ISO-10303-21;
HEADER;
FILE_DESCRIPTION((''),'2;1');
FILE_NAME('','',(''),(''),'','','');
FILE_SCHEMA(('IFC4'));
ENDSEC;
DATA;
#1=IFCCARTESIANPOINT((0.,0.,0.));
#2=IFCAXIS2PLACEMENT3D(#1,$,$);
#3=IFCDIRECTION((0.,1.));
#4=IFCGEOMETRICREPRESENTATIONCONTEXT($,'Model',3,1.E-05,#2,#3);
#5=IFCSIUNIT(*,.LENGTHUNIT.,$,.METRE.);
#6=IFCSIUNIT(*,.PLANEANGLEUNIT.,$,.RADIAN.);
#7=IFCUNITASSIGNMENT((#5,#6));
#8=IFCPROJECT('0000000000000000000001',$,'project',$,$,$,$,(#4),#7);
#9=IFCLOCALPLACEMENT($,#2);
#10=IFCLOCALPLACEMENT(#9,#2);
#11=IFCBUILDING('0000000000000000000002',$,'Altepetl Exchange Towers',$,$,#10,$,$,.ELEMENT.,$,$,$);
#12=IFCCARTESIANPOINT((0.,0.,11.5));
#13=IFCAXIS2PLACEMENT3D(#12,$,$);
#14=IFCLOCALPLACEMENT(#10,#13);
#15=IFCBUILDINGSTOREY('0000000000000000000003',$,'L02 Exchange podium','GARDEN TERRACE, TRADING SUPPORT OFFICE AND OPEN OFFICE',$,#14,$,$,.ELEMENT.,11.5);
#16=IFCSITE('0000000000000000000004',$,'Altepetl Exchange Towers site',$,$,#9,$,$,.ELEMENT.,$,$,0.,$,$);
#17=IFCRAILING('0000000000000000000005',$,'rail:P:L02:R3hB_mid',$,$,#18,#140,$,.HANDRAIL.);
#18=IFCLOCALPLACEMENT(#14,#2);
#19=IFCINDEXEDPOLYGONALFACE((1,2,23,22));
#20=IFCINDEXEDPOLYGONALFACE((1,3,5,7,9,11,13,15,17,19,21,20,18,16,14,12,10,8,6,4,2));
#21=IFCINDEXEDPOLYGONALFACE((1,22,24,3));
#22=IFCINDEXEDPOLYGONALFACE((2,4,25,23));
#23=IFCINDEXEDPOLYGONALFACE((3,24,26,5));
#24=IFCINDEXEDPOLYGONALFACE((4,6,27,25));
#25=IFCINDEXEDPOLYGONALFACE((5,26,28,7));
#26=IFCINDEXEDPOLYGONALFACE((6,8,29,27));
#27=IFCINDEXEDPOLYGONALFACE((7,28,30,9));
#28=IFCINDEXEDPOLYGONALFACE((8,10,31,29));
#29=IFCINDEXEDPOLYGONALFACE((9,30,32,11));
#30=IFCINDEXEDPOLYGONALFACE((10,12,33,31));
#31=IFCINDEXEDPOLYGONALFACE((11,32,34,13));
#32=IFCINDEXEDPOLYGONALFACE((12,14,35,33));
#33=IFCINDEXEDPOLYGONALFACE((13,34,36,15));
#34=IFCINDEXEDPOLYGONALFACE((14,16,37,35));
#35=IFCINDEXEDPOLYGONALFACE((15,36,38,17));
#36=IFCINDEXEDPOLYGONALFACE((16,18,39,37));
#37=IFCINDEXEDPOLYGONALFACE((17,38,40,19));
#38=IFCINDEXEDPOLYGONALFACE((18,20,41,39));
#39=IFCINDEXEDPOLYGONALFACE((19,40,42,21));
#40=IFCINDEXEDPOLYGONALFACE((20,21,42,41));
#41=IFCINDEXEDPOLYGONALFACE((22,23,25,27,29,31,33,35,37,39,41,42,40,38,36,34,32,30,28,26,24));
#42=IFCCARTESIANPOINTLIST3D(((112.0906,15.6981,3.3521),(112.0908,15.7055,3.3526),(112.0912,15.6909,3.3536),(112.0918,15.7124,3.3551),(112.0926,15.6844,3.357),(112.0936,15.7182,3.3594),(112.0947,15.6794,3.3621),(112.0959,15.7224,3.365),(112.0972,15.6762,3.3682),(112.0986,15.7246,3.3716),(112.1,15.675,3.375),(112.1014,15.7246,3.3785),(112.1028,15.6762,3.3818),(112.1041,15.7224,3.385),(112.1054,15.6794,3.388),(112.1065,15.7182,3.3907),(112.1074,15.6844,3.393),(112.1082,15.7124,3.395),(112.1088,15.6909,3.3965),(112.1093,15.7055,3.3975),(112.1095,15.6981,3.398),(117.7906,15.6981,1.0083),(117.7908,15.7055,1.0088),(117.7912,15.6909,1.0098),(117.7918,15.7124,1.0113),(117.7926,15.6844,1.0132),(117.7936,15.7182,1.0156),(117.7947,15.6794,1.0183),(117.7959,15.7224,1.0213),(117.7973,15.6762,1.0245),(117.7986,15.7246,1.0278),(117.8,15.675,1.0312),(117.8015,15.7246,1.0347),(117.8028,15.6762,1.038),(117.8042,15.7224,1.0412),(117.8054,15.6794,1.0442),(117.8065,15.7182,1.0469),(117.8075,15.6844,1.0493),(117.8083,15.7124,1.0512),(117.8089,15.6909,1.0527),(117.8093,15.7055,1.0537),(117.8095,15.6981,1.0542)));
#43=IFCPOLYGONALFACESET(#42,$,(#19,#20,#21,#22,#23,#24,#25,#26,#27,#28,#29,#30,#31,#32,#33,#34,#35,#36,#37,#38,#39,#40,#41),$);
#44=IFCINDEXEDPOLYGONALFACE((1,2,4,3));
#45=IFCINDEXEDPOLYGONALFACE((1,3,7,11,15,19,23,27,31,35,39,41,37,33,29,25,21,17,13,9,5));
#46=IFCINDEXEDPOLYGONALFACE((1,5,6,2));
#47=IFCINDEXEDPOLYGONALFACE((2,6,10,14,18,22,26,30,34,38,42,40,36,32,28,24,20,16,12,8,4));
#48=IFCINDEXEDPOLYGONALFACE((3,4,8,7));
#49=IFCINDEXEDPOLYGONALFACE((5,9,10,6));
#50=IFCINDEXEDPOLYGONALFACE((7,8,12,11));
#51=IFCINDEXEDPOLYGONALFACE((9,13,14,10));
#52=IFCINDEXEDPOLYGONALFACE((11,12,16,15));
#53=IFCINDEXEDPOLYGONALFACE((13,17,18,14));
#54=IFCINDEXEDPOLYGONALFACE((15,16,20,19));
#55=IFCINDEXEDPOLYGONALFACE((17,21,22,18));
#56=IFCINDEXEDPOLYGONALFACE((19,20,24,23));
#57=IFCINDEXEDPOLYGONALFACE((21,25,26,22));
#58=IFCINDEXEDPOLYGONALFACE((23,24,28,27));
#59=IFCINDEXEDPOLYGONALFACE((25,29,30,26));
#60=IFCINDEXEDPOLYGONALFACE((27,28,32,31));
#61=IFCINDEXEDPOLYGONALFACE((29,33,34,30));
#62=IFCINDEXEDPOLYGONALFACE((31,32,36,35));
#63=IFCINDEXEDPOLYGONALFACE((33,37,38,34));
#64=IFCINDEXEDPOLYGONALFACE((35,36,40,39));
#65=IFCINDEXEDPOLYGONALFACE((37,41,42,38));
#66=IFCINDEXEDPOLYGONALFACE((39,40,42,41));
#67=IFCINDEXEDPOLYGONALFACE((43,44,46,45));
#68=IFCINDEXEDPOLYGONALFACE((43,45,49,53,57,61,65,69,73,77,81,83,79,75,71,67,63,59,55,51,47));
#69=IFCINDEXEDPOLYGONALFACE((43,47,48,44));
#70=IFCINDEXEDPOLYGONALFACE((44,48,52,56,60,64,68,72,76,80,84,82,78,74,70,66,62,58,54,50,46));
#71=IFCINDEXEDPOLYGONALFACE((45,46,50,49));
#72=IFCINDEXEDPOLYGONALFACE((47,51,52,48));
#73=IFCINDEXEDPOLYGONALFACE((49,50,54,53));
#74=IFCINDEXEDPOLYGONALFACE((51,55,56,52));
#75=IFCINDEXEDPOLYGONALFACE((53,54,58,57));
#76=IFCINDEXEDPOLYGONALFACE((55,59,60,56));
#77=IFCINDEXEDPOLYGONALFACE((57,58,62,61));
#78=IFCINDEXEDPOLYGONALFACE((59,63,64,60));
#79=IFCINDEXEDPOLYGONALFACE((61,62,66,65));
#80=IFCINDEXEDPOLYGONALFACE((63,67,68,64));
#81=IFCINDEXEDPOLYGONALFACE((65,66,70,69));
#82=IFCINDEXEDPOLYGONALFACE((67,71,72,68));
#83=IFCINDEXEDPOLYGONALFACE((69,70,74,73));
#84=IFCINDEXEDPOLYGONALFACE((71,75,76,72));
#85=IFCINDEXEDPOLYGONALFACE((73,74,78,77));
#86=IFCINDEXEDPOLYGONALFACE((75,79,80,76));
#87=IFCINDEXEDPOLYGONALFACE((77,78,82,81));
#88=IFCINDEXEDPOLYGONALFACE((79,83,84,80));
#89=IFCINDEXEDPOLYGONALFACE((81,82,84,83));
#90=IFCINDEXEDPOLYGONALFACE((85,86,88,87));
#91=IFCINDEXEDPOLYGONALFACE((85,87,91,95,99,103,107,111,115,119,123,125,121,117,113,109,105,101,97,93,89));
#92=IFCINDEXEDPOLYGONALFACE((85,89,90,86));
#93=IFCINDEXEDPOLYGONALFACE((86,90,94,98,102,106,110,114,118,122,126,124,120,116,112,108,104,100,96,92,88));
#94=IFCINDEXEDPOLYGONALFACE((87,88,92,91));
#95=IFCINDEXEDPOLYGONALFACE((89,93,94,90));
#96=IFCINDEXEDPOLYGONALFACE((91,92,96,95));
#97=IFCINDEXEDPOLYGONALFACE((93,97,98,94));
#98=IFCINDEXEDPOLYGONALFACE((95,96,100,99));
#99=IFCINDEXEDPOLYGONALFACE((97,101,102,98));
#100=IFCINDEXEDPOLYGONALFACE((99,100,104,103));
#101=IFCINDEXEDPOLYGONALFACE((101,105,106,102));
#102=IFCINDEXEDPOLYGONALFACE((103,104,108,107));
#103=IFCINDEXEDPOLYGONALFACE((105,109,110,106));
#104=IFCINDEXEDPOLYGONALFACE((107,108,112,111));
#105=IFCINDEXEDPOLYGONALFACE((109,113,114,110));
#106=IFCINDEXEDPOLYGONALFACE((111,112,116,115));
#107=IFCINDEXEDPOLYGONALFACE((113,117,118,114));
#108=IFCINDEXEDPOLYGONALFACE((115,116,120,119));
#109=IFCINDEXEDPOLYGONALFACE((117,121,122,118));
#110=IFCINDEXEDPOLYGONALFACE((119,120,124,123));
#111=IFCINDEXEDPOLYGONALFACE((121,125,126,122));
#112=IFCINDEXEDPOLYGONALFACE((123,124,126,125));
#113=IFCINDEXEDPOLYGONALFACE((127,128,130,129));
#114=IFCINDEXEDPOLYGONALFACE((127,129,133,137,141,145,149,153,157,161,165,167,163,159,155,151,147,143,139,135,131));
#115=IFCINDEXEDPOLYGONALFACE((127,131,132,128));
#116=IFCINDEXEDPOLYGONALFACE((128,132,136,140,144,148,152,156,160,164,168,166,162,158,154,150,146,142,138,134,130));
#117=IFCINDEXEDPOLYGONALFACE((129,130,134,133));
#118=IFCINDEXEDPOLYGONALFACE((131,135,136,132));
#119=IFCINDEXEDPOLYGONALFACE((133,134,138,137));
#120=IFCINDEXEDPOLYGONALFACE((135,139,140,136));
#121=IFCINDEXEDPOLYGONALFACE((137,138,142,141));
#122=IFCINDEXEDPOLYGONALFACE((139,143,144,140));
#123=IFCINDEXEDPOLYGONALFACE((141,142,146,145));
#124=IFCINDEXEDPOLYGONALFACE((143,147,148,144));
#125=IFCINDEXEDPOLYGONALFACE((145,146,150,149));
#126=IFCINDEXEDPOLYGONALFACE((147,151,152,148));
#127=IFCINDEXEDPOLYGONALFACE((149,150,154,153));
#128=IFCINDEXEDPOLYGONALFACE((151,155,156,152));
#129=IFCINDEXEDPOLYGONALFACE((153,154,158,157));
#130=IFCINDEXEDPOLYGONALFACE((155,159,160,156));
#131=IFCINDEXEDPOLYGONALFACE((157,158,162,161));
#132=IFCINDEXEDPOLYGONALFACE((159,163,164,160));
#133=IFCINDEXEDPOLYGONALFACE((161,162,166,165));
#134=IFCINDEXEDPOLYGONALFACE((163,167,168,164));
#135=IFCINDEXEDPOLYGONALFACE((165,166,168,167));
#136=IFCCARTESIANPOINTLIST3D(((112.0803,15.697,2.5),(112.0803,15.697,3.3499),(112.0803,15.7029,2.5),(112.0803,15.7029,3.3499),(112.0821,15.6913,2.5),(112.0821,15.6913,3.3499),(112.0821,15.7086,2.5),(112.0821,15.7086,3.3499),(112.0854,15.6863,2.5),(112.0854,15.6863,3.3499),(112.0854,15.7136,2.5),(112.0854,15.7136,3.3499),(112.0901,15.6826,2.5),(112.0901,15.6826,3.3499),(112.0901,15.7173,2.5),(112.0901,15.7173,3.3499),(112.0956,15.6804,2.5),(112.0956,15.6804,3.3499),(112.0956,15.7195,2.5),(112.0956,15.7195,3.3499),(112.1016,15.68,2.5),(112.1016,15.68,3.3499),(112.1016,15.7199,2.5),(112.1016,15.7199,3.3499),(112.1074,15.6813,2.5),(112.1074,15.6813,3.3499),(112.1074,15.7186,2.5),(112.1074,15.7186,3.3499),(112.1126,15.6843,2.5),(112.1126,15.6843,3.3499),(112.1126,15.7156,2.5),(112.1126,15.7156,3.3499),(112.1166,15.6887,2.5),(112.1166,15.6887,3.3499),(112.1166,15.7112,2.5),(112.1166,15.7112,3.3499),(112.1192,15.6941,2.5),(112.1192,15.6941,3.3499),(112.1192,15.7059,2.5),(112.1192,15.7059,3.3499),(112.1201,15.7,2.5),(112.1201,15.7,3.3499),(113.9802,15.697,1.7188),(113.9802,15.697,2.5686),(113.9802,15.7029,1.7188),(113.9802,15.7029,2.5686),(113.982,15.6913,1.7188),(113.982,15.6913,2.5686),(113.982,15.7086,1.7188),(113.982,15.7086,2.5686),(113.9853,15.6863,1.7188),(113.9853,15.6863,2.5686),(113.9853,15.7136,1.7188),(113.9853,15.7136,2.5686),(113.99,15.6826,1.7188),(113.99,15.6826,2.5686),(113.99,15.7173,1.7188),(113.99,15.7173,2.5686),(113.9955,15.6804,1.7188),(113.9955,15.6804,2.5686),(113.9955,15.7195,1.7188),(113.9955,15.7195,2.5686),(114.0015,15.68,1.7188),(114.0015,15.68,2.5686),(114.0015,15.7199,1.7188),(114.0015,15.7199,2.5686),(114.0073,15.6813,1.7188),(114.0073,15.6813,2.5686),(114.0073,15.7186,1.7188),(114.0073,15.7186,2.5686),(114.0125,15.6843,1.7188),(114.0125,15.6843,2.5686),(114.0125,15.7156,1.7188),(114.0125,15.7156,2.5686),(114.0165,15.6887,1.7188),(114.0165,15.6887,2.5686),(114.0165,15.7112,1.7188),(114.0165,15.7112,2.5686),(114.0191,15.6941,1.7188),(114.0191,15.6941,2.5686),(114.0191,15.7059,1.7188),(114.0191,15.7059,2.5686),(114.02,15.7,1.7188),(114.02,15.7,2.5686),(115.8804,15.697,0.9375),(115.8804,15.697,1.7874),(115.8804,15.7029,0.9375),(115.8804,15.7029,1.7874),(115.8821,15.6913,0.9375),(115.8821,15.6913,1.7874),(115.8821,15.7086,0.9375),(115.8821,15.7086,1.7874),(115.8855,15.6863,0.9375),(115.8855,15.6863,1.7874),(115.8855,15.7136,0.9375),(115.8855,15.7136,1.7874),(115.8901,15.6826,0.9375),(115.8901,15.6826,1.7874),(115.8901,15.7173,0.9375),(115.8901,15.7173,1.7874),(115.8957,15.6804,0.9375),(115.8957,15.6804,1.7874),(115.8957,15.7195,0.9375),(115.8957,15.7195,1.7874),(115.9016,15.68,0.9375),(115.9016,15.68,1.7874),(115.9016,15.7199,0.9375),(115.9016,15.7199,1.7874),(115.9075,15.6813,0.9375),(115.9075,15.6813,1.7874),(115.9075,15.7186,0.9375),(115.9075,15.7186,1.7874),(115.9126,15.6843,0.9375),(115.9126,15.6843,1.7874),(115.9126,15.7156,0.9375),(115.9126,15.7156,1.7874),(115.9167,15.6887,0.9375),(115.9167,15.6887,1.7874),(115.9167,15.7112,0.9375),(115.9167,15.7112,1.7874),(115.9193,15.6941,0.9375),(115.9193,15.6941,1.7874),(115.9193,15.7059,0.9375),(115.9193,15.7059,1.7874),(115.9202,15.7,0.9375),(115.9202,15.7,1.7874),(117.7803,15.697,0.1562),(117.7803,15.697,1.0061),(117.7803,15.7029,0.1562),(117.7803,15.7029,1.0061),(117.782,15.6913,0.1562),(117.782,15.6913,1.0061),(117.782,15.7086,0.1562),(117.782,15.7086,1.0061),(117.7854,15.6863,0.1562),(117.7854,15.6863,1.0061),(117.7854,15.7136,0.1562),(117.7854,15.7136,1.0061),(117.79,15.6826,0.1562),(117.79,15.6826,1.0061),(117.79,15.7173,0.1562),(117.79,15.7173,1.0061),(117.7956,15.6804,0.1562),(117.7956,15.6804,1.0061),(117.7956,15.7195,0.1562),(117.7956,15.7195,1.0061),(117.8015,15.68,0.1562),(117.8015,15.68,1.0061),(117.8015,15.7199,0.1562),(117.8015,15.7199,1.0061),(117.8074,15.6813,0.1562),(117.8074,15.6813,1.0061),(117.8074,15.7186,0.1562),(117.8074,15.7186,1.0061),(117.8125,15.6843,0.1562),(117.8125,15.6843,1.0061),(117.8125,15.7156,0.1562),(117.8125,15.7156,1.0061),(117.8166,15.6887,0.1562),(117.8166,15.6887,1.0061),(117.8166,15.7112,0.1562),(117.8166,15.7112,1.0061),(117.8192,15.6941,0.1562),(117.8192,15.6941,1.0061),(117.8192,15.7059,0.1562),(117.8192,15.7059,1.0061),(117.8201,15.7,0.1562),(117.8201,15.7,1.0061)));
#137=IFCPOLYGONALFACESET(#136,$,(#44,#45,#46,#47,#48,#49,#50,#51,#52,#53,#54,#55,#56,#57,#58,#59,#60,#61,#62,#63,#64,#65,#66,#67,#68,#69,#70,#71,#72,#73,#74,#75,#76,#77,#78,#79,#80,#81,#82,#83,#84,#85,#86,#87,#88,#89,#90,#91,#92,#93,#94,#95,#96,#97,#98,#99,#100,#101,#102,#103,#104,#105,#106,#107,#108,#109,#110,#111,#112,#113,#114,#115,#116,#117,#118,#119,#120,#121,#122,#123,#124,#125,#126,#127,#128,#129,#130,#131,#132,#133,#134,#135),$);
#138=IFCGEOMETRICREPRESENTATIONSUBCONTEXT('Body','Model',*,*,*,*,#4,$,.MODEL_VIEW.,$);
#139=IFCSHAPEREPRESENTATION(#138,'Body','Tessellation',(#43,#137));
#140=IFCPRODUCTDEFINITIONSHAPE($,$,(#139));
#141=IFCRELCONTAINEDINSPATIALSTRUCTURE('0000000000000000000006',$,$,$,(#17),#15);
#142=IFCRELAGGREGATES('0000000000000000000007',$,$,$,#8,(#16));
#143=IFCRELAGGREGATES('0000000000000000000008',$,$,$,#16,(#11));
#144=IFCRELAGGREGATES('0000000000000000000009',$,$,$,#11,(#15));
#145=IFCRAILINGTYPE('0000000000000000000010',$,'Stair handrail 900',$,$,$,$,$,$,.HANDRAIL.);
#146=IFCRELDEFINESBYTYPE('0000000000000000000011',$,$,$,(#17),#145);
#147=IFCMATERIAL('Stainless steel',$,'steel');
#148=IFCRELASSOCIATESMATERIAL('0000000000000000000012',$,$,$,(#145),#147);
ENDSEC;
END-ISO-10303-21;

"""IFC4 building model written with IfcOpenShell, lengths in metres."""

from ifc_helpers import new_model, si_unit, direction, frame, origin, origin_2d, place, context, subcontext, project, spatial, circle, extrude, source, transform, mapped, material, type_object, element, save


model = new_model("IFC4")

# Units and contexts
model_context = context("Model", 3, precision=1e-05, world=origin(), true_north=direction((0.0, 1.0)))
body_context = subcontext(model_context, "Body", "Model", "MODEL_VIEW")
ifc_project = project(units=[si_unit("LENGTHUNIT", "METRE"), si_unit("PLANEANGLEUNIT", "RADIAN")], contexts=[model_context])

# Site, building, storey
site_placement = place(None, origin())
site = spatial("IfcSite", under=ifc_project, at=site_placement, Name="Altepetl Exchange Towers site", CompositionType="ELEMENT", RefElevation=0.0)
building_placement = place(site_placement, origin())
building = spatial("IfcBuilding", under=site, at=building_placement, Name="Altepetl Exchange Towers", CompositionType="ELEMENT")
storey_placement = place(building_placement, frame((0.0, 0.0, 11.5)))
storey = spatial("IfcBuildingStorey", under=building, at=storey_placement, Name="L02 Exchange podium", Description="GARDEN TERRACE, TRADING SUPPORT OFFICE AND OPEN OFFICE", CompositionType="ELEMENT", Elevation=11.5)

# Railing
ifc_material_1 = material(Name="Stainless steel", Category="steel")
railing_type_1 = type_object("IfcRailingType", Name="Stair handrail 900", PredefinedType="HANDRAIL", material=ifc_material_1)
shared_shape_1 = source(origin(), body_context, "Body", "SweptSolid", [
    extrude(circle(Radius=0.02, at=origin_2d()), origin(), (0.0, 0.0, 1.0), 0.8499),
])
for number, where, name in (
    (1, (117.8, 15.7, 0.1562), "rail:P:L02:R3hB_mid"),
):
    element("IfcRailing", number, at=place(storey_placement, frame(where)), inside=storey, type_object=railing_type_1, Name=name, PredefinedType="HANDRAIL", context=body_context, shape_type="SweptSolid", body=[
        extrude(circle(Radius=0.0249, at=origin_2d()), frame((0.0, 0.0, 0.875), z_axis=(-0.924866, 0.0, 0.380293), x_axis=(0.0, -1.0, 0.0)), (0.0, 0.0, 1.0), 6.1631),
        mapped(shared_shape_1, transform((0.0, 0.0, 0.0))),
        mapped(shared_shape_1, transform((-1.8999, 0.0, 0.7812))),
        mapped(shared_shape_1, transform((-3.8, 0.0, 1.5625))),
        mapped(shared_shape_1, transform((-5.7, 0.0, 2.3438))),
    ])

save(model, "model.ifc")
